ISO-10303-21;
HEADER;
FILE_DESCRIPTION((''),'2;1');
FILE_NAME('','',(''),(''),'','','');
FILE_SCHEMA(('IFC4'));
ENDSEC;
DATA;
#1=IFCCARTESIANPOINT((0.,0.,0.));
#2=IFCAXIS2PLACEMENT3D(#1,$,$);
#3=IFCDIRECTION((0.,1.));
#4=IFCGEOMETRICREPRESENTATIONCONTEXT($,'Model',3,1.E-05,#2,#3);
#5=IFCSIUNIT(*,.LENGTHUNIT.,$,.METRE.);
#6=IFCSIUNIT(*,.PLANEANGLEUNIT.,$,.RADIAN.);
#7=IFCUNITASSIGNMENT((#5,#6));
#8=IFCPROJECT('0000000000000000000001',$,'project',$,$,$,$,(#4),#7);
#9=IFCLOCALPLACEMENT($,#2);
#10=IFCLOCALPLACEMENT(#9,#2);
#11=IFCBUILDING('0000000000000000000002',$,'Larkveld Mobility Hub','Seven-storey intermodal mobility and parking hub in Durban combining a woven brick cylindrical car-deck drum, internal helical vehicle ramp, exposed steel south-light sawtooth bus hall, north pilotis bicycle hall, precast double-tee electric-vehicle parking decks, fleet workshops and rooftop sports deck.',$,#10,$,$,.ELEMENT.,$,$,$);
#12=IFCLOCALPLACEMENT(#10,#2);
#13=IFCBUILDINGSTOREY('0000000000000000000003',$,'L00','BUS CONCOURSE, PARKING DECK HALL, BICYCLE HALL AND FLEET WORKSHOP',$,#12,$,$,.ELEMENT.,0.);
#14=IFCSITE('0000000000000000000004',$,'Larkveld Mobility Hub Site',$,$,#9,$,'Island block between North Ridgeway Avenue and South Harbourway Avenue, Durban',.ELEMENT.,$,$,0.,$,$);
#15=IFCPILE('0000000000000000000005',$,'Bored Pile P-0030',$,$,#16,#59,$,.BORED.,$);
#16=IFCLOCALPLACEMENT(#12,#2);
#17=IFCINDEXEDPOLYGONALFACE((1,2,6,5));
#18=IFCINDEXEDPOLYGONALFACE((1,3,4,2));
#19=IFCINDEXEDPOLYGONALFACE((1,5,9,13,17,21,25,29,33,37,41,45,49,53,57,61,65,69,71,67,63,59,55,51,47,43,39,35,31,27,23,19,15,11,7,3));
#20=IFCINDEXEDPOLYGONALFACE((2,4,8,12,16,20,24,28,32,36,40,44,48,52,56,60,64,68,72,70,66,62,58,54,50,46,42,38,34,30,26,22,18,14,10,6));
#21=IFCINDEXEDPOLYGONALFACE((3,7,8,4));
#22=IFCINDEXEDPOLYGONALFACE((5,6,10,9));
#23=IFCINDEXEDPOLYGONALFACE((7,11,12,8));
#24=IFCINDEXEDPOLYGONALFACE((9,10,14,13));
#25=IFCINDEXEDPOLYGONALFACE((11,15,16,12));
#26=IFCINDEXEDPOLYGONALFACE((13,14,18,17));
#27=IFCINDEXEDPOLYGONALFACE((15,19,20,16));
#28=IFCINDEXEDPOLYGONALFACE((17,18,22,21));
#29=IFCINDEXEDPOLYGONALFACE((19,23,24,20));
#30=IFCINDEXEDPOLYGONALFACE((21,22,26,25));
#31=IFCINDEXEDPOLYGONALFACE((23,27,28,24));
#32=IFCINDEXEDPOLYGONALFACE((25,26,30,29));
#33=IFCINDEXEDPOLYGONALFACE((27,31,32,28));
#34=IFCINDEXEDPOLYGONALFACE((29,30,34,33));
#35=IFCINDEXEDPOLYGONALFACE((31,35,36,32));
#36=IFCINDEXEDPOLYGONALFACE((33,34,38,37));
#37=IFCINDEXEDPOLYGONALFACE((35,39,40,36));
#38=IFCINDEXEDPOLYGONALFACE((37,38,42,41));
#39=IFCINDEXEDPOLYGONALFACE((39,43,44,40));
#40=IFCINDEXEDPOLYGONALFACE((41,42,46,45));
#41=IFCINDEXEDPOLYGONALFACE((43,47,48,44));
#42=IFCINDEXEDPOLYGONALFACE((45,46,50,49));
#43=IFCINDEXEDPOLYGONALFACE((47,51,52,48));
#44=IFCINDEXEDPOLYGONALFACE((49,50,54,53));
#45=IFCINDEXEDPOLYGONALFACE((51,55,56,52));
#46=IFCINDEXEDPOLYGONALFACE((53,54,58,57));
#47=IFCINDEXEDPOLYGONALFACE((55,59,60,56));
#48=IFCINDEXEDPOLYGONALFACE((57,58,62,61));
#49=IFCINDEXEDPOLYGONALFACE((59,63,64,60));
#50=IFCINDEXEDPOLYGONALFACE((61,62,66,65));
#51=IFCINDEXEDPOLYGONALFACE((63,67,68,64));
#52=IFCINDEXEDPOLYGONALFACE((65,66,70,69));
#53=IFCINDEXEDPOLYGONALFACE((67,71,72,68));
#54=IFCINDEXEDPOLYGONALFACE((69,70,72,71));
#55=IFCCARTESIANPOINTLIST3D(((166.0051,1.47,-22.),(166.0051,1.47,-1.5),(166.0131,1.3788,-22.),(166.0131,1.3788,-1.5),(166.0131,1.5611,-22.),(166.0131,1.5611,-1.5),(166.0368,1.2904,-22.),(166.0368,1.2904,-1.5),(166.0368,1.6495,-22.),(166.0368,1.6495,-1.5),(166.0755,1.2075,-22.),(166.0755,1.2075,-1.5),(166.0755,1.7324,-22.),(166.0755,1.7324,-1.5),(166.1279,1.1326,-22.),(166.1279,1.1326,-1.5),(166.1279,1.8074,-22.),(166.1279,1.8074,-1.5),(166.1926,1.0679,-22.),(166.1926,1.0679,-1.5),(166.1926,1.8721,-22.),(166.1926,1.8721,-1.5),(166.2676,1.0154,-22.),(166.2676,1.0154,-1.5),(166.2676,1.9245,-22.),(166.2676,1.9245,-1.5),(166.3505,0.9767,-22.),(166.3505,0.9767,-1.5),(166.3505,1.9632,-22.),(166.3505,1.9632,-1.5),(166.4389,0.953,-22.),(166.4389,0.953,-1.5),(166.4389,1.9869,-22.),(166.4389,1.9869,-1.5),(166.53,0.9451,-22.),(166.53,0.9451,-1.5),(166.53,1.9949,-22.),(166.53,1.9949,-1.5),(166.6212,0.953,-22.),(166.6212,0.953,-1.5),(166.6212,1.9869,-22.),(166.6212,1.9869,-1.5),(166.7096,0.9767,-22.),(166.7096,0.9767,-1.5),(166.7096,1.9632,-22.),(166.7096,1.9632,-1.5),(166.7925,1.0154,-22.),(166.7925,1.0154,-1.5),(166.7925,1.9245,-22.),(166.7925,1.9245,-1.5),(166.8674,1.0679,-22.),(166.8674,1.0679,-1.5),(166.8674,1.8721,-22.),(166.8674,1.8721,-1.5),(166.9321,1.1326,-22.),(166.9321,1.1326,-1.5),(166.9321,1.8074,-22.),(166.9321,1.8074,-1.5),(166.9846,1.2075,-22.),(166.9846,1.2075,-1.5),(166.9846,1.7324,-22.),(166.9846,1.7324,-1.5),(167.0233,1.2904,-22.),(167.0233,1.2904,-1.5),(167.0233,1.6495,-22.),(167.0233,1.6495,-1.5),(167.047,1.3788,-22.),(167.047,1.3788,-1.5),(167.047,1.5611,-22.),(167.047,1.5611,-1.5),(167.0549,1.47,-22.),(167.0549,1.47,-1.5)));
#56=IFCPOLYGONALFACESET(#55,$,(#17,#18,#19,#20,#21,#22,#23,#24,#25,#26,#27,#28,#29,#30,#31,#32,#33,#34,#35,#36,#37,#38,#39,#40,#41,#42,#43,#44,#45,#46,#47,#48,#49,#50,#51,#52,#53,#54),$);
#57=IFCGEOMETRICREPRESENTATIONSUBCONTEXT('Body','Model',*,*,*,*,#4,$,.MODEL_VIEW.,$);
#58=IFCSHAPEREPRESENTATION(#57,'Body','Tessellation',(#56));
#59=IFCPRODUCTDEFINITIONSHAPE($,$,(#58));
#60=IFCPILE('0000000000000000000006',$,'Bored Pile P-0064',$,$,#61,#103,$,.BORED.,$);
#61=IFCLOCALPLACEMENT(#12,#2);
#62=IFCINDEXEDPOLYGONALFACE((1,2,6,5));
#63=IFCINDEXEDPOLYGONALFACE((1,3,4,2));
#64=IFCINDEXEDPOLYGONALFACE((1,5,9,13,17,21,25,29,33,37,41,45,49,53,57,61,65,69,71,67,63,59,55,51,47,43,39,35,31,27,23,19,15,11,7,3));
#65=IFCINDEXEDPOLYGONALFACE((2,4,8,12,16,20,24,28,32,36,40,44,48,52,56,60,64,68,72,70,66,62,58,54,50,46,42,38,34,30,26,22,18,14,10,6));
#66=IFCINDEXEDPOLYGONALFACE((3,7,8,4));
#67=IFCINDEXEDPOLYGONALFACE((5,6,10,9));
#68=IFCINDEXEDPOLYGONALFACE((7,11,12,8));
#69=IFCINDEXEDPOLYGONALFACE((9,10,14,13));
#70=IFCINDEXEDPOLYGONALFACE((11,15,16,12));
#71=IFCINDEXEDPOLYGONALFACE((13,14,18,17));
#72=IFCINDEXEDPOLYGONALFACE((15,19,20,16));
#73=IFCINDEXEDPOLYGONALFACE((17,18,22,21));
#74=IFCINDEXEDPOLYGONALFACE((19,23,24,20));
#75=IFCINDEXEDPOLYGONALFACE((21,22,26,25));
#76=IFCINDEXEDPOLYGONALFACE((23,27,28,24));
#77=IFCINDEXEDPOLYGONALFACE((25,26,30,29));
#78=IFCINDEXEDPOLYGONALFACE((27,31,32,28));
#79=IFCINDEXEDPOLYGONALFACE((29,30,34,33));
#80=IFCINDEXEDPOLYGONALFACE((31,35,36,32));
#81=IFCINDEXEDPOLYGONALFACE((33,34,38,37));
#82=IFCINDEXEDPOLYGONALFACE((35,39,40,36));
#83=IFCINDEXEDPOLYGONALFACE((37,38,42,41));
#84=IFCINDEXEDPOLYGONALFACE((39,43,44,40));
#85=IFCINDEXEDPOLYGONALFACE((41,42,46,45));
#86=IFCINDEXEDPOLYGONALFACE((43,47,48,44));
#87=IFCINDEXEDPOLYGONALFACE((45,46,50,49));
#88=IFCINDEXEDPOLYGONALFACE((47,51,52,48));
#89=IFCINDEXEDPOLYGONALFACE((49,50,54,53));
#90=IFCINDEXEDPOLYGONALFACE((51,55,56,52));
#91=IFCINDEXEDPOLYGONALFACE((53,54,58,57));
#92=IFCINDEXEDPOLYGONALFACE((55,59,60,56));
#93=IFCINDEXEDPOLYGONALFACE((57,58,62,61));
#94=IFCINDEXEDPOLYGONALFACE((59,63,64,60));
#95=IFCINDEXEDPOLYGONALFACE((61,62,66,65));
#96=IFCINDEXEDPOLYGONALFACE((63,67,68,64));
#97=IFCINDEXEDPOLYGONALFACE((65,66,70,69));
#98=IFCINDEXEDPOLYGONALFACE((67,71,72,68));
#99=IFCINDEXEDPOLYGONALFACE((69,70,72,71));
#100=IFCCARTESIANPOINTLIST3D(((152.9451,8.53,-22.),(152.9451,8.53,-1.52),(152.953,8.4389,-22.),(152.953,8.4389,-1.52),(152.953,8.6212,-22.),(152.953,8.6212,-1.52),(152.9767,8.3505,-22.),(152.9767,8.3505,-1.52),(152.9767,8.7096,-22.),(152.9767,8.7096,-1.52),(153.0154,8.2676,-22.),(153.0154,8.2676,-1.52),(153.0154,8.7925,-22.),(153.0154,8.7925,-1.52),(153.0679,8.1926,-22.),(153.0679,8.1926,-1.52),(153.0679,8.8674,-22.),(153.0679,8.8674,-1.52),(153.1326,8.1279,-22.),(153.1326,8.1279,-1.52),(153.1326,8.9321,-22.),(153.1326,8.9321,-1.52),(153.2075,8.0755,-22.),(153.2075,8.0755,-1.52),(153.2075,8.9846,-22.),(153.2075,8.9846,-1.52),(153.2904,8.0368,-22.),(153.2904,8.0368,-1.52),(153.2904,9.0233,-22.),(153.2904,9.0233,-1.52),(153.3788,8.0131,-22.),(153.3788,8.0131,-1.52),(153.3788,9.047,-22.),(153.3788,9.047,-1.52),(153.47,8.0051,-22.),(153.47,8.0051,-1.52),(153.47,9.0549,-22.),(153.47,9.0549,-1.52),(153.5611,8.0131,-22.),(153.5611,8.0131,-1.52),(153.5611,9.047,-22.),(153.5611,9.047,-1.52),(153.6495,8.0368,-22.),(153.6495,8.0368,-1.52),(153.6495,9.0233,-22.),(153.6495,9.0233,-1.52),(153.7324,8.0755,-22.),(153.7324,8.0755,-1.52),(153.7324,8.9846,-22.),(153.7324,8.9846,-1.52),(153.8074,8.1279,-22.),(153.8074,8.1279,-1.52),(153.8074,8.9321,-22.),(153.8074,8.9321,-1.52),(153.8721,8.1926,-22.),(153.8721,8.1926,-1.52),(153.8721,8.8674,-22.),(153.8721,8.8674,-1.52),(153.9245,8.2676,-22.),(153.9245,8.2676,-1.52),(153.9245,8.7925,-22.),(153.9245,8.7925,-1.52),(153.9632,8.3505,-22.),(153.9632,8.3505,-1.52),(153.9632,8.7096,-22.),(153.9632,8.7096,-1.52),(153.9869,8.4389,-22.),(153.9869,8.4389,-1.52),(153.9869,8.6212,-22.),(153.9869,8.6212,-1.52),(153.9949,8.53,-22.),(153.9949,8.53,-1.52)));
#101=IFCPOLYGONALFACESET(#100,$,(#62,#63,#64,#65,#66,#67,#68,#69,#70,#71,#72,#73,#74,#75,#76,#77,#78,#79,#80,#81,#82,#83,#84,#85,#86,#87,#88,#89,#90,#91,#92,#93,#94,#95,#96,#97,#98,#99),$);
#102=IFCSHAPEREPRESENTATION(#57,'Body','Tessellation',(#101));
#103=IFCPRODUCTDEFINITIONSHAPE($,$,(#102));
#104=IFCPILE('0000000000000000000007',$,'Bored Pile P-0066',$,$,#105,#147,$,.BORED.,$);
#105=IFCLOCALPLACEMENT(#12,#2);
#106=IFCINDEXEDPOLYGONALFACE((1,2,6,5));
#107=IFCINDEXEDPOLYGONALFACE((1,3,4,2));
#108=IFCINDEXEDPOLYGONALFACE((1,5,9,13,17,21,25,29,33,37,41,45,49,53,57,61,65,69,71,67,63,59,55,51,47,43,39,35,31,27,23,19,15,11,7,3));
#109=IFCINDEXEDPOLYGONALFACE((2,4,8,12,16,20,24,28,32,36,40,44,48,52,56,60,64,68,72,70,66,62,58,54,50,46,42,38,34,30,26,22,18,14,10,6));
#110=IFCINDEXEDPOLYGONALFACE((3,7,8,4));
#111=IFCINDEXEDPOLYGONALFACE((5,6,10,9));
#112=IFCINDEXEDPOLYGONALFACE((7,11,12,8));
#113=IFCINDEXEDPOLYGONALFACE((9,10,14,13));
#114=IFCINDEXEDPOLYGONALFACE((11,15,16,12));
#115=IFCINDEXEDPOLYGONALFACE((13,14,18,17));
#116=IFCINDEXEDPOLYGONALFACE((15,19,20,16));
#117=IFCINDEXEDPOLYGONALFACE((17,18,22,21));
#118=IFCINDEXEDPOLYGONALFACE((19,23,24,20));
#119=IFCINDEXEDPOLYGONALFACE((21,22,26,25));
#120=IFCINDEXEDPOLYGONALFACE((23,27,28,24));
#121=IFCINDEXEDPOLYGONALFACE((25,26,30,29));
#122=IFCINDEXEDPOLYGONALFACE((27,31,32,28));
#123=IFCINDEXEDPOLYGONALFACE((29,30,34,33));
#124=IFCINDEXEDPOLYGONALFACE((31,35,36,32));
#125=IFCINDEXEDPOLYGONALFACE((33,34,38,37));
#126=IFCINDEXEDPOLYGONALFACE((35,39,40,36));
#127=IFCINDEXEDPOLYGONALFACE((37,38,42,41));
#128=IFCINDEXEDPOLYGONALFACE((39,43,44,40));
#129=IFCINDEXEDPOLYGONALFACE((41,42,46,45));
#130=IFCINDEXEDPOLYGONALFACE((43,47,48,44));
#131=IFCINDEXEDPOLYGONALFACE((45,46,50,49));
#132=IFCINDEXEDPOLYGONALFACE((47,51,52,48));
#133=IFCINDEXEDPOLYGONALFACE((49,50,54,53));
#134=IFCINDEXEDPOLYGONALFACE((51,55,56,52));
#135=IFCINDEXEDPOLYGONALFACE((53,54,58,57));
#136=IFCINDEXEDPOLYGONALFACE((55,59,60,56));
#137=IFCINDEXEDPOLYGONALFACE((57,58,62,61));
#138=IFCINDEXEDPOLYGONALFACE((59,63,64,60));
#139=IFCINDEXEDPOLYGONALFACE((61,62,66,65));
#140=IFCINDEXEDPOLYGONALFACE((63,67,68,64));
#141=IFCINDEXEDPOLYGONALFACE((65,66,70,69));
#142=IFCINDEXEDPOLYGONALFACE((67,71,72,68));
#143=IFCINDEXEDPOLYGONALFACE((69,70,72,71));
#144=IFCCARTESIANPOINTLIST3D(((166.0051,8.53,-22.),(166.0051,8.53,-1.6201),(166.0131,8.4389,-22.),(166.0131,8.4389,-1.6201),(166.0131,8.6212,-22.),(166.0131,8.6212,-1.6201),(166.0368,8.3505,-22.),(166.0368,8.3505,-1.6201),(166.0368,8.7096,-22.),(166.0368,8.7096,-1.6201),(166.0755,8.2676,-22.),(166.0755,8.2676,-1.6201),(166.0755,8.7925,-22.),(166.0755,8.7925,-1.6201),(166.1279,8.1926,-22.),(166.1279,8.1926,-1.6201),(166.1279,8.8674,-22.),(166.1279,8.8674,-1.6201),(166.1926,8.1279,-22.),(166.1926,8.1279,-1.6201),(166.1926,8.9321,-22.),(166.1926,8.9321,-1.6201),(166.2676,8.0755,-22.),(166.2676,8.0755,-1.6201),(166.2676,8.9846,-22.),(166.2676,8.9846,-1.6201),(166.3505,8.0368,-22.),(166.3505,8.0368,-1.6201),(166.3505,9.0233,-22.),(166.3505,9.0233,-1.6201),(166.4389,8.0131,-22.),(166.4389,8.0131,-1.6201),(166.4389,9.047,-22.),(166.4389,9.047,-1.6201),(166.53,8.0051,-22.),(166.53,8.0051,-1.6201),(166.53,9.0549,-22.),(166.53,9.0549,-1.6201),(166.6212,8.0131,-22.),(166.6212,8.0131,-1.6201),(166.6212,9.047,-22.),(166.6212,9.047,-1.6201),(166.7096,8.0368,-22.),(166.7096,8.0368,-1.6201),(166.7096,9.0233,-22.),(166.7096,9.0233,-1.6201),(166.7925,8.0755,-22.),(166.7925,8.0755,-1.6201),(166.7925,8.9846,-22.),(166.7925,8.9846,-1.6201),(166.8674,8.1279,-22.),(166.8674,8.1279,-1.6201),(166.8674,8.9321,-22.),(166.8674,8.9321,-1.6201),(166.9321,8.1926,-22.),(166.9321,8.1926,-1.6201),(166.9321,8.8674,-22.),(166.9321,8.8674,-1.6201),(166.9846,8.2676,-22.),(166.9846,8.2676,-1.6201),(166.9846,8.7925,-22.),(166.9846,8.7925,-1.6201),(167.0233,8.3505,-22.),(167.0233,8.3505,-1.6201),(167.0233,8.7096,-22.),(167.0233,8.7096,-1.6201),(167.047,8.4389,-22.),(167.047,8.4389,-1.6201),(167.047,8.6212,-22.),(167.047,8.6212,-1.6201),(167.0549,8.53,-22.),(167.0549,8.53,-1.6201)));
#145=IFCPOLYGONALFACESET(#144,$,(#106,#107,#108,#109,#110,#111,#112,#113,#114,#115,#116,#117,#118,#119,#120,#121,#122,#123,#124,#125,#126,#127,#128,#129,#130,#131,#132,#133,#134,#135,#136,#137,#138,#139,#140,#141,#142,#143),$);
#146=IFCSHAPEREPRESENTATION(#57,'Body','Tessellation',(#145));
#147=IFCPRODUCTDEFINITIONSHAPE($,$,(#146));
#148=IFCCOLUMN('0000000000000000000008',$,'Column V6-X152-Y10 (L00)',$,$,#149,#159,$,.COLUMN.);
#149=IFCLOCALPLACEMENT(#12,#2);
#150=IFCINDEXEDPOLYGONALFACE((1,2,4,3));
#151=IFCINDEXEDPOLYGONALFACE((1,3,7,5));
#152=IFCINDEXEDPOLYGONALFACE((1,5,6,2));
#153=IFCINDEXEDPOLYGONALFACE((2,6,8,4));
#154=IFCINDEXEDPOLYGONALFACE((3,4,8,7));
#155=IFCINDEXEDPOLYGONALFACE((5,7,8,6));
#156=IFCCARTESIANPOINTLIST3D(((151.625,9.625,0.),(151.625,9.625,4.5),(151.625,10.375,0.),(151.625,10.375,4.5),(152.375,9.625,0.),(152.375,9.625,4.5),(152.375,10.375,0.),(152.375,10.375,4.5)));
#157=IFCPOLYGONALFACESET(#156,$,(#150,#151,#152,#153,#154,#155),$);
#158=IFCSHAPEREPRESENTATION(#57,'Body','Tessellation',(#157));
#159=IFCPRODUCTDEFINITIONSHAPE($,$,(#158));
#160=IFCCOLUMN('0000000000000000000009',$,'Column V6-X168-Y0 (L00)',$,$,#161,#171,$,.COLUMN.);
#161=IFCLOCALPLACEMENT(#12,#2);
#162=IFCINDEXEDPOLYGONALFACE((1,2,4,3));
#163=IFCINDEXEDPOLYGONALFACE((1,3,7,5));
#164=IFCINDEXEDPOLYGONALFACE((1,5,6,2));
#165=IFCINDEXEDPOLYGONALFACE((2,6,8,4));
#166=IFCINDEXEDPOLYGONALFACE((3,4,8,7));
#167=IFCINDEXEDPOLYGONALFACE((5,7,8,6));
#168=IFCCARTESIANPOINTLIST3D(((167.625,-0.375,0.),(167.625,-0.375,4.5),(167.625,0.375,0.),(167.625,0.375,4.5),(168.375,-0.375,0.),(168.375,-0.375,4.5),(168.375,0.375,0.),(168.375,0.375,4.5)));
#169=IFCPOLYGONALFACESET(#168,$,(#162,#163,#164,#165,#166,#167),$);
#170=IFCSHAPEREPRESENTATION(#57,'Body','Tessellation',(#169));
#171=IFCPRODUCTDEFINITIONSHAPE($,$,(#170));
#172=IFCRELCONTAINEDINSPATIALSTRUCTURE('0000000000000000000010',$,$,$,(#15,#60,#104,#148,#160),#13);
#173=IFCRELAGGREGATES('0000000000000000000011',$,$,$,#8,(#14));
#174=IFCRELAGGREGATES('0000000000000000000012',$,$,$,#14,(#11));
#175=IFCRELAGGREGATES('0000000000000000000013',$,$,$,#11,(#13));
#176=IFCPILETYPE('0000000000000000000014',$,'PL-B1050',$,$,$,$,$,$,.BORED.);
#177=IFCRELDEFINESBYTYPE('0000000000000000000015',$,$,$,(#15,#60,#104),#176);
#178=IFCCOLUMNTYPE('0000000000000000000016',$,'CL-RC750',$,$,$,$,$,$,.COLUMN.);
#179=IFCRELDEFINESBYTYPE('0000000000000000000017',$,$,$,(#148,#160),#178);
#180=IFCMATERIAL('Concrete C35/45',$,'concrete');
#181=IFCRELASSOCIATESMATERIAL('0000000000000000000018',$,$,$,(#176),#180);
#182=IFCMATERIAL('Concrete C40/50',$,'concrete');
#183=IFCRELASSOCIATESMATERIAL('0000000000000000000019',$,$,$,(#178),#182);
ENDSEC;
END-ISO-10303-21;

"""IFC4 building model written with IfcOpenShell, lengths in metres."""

from ifc_helpers import new_model, si_unit, direction, frame, origin, origin_2d, place, context, subcontext, project, spatial, rectangle, circle, extrude, material, material_profile, profile_set, type_object, element, save


model = new_model("IFC4")

# Units and contexts
model_context = context("Model", 3, precision=1e-05, world=origin(), true_north=direction((0.0, 1.0)))
body_context = subcontext(model_context, "Body", "Model", "MODEL_VIEW")
ifc_project = project(units=[si_unit("LENGTHUNIT", "METRE"), si_unit("PLANEANGLEUNIT", "RADIAN")], contexts=[model_context])

# Site, building, storey
site_placement = place(None, origin())
site = spatial("IfcSite", under=ifc_project, at=site_placement, Name="Larkveld Mobility Hub Site", LongName="Island block between North Ridgeway Avenue and South Harbourway Avenue, Durban", CompositionType="ELEMENT", RefElevation=0.0)
building_placement = place(site_placement, origin())
building = spatial("IfcBuilding", under=site, at=building_placement, Name="Larkveld Mobility Hub", Description="Seven-storey intermodal mobility and parking hub in Durban combining a woven brick cylindrical car-deck drum, internal helical vehicle ramp, exposed steel south-light sawtooth bus hall, north pilotis bicycle hall, precast double-tee electric-vehicle parking decks, fleet workshops and rooftop sports deck.", CompositionType="ELEMENT")
storey_placement = place(building_placement, origin())
storey = spatial("IfcBuildingStorey", under=building, at=storey_placement, Name="L00", Description="BUS CONCOURSE, PARKING DECK HALL, BICYCLE HALL AND FLEET WORKSHOP", CompositionType="ELEMENT", Elevation=0.0)

# Shared definitions
ifc_material_1 = material(Name="Concrete C35/45", Category="concrete")

# Piles
ifc_material_profile_1 = material_profile(ifc_material_1, circle(Radius=0.5249, at=origin_2d()), Name="PILE D1050")
ifc_profile_set_1 = profile_set([ifc_material_profile_1], Name="Concrete C35/45")
pile_type = type_object("IfcPileType", Name="PL-B1050", PredefinedType="BORED", material=ifc_profile_set_1)
for number, where, z_axis, x_axis, name in (
    (1, (166.53, 1.47, -1.5), (0.0, 0.0, -1.0), (1.0, 0.0, 0.0), "Bored Pile P-0030"),
):
    element("IfcPile", number, at=place(storey_placement, frame(where, z_axis=z_axis, x_axis=x_axis)), inside=storey, type_object=pile_type, Name=name, PredefinedType="BORED", context=body_context, shape_type="SweptSolid", body=[
        extrude(circle(Radius=0.5249, at=origin_2d()), origin(), (0.0, 0.0, 1.0), 20.5),
    ])
pile_1_placement = place(storey_placement, frame((153.47, 8.53, -1.52), z_axis=(0.0, 0.0, -1.0), x_axis=(1.0, 0.0, 0.0)))
element("IfcPile", 2, at=pile_1_placement, inside=storey, type_object=pile_type, Name="Bored Pile P-0064", PredefinedType="BORED", context=body_context, shape_type="SweptSolid", body=[
    extrude(circle(Radius=0.5249, at=origin_2d()), origin(), (0.0, 0.0, 1.0), 20.48),
])
pile_2_placement = place(storey_placement, frame((166.53, 8.53, -1.6201), z_axis=(0.0, 0.0, -1.0), x_axis=(1.0, 0.0, 0.0)))
element("IfcPile", 3, at=pile_2_placement, inside=storey, type_object=pile_type, Name="Bored Pile P-0066", PredefinedType="BORED", context=body_context, shape_type="SweptSolid", body=[
    extrude(circle(Radius=0.5249, at=origin_2d()), origin(), (0.0, 0.0, 1.0), 20.3799),
])

# Columns
ifc_material_2 = material(Name="Concrete C40/50", Category="concrete")
ifc_material_profile_2 = material_profile(ifc_material_2, rectangle(XDim=0.75, YDim=0.75, at=origin_2d()), Name="RC COL 750x750")
ifc_profile_set_2 = profile_set([ifc_material_profile_2], Name="Concrete C40/50")
column_type = type_object("IfcColumnType", Name="CL-RC750", PredefinedType="COLUMN", material=ifc_profile_set_2)
for number, where, z_axis, x_axis, name in (
    (4, (152.0, 10.0, 0.0), (0.0, 0.0, 1.0), (1.0, 0.0, 0.0), "Column V6-X152-Y10 (L00)"),
    (5, (168.0, 0.0, 0.0), (0.0, 0.0, 1.0), (1.0, 0.0, 0.0), "Column V6-X168-Y0 (L00)"),
):
    element("IfcColumn", number, at=place(storey_placement, frame(where, z_axis=z_axis, x_axis=x_axis)), inside=storey, type_object=column_type, Name=name, PredefinedType="COLUMN", context=body_context, shape_type="SweptSolid", body=[
        extrude(rectangle(XDim=0.75, YDim=0.75, at=origin_2d()), origin(), (0.0, 0.0, 1.0), 4.5),
    ])

save(model, "model.ifc")
